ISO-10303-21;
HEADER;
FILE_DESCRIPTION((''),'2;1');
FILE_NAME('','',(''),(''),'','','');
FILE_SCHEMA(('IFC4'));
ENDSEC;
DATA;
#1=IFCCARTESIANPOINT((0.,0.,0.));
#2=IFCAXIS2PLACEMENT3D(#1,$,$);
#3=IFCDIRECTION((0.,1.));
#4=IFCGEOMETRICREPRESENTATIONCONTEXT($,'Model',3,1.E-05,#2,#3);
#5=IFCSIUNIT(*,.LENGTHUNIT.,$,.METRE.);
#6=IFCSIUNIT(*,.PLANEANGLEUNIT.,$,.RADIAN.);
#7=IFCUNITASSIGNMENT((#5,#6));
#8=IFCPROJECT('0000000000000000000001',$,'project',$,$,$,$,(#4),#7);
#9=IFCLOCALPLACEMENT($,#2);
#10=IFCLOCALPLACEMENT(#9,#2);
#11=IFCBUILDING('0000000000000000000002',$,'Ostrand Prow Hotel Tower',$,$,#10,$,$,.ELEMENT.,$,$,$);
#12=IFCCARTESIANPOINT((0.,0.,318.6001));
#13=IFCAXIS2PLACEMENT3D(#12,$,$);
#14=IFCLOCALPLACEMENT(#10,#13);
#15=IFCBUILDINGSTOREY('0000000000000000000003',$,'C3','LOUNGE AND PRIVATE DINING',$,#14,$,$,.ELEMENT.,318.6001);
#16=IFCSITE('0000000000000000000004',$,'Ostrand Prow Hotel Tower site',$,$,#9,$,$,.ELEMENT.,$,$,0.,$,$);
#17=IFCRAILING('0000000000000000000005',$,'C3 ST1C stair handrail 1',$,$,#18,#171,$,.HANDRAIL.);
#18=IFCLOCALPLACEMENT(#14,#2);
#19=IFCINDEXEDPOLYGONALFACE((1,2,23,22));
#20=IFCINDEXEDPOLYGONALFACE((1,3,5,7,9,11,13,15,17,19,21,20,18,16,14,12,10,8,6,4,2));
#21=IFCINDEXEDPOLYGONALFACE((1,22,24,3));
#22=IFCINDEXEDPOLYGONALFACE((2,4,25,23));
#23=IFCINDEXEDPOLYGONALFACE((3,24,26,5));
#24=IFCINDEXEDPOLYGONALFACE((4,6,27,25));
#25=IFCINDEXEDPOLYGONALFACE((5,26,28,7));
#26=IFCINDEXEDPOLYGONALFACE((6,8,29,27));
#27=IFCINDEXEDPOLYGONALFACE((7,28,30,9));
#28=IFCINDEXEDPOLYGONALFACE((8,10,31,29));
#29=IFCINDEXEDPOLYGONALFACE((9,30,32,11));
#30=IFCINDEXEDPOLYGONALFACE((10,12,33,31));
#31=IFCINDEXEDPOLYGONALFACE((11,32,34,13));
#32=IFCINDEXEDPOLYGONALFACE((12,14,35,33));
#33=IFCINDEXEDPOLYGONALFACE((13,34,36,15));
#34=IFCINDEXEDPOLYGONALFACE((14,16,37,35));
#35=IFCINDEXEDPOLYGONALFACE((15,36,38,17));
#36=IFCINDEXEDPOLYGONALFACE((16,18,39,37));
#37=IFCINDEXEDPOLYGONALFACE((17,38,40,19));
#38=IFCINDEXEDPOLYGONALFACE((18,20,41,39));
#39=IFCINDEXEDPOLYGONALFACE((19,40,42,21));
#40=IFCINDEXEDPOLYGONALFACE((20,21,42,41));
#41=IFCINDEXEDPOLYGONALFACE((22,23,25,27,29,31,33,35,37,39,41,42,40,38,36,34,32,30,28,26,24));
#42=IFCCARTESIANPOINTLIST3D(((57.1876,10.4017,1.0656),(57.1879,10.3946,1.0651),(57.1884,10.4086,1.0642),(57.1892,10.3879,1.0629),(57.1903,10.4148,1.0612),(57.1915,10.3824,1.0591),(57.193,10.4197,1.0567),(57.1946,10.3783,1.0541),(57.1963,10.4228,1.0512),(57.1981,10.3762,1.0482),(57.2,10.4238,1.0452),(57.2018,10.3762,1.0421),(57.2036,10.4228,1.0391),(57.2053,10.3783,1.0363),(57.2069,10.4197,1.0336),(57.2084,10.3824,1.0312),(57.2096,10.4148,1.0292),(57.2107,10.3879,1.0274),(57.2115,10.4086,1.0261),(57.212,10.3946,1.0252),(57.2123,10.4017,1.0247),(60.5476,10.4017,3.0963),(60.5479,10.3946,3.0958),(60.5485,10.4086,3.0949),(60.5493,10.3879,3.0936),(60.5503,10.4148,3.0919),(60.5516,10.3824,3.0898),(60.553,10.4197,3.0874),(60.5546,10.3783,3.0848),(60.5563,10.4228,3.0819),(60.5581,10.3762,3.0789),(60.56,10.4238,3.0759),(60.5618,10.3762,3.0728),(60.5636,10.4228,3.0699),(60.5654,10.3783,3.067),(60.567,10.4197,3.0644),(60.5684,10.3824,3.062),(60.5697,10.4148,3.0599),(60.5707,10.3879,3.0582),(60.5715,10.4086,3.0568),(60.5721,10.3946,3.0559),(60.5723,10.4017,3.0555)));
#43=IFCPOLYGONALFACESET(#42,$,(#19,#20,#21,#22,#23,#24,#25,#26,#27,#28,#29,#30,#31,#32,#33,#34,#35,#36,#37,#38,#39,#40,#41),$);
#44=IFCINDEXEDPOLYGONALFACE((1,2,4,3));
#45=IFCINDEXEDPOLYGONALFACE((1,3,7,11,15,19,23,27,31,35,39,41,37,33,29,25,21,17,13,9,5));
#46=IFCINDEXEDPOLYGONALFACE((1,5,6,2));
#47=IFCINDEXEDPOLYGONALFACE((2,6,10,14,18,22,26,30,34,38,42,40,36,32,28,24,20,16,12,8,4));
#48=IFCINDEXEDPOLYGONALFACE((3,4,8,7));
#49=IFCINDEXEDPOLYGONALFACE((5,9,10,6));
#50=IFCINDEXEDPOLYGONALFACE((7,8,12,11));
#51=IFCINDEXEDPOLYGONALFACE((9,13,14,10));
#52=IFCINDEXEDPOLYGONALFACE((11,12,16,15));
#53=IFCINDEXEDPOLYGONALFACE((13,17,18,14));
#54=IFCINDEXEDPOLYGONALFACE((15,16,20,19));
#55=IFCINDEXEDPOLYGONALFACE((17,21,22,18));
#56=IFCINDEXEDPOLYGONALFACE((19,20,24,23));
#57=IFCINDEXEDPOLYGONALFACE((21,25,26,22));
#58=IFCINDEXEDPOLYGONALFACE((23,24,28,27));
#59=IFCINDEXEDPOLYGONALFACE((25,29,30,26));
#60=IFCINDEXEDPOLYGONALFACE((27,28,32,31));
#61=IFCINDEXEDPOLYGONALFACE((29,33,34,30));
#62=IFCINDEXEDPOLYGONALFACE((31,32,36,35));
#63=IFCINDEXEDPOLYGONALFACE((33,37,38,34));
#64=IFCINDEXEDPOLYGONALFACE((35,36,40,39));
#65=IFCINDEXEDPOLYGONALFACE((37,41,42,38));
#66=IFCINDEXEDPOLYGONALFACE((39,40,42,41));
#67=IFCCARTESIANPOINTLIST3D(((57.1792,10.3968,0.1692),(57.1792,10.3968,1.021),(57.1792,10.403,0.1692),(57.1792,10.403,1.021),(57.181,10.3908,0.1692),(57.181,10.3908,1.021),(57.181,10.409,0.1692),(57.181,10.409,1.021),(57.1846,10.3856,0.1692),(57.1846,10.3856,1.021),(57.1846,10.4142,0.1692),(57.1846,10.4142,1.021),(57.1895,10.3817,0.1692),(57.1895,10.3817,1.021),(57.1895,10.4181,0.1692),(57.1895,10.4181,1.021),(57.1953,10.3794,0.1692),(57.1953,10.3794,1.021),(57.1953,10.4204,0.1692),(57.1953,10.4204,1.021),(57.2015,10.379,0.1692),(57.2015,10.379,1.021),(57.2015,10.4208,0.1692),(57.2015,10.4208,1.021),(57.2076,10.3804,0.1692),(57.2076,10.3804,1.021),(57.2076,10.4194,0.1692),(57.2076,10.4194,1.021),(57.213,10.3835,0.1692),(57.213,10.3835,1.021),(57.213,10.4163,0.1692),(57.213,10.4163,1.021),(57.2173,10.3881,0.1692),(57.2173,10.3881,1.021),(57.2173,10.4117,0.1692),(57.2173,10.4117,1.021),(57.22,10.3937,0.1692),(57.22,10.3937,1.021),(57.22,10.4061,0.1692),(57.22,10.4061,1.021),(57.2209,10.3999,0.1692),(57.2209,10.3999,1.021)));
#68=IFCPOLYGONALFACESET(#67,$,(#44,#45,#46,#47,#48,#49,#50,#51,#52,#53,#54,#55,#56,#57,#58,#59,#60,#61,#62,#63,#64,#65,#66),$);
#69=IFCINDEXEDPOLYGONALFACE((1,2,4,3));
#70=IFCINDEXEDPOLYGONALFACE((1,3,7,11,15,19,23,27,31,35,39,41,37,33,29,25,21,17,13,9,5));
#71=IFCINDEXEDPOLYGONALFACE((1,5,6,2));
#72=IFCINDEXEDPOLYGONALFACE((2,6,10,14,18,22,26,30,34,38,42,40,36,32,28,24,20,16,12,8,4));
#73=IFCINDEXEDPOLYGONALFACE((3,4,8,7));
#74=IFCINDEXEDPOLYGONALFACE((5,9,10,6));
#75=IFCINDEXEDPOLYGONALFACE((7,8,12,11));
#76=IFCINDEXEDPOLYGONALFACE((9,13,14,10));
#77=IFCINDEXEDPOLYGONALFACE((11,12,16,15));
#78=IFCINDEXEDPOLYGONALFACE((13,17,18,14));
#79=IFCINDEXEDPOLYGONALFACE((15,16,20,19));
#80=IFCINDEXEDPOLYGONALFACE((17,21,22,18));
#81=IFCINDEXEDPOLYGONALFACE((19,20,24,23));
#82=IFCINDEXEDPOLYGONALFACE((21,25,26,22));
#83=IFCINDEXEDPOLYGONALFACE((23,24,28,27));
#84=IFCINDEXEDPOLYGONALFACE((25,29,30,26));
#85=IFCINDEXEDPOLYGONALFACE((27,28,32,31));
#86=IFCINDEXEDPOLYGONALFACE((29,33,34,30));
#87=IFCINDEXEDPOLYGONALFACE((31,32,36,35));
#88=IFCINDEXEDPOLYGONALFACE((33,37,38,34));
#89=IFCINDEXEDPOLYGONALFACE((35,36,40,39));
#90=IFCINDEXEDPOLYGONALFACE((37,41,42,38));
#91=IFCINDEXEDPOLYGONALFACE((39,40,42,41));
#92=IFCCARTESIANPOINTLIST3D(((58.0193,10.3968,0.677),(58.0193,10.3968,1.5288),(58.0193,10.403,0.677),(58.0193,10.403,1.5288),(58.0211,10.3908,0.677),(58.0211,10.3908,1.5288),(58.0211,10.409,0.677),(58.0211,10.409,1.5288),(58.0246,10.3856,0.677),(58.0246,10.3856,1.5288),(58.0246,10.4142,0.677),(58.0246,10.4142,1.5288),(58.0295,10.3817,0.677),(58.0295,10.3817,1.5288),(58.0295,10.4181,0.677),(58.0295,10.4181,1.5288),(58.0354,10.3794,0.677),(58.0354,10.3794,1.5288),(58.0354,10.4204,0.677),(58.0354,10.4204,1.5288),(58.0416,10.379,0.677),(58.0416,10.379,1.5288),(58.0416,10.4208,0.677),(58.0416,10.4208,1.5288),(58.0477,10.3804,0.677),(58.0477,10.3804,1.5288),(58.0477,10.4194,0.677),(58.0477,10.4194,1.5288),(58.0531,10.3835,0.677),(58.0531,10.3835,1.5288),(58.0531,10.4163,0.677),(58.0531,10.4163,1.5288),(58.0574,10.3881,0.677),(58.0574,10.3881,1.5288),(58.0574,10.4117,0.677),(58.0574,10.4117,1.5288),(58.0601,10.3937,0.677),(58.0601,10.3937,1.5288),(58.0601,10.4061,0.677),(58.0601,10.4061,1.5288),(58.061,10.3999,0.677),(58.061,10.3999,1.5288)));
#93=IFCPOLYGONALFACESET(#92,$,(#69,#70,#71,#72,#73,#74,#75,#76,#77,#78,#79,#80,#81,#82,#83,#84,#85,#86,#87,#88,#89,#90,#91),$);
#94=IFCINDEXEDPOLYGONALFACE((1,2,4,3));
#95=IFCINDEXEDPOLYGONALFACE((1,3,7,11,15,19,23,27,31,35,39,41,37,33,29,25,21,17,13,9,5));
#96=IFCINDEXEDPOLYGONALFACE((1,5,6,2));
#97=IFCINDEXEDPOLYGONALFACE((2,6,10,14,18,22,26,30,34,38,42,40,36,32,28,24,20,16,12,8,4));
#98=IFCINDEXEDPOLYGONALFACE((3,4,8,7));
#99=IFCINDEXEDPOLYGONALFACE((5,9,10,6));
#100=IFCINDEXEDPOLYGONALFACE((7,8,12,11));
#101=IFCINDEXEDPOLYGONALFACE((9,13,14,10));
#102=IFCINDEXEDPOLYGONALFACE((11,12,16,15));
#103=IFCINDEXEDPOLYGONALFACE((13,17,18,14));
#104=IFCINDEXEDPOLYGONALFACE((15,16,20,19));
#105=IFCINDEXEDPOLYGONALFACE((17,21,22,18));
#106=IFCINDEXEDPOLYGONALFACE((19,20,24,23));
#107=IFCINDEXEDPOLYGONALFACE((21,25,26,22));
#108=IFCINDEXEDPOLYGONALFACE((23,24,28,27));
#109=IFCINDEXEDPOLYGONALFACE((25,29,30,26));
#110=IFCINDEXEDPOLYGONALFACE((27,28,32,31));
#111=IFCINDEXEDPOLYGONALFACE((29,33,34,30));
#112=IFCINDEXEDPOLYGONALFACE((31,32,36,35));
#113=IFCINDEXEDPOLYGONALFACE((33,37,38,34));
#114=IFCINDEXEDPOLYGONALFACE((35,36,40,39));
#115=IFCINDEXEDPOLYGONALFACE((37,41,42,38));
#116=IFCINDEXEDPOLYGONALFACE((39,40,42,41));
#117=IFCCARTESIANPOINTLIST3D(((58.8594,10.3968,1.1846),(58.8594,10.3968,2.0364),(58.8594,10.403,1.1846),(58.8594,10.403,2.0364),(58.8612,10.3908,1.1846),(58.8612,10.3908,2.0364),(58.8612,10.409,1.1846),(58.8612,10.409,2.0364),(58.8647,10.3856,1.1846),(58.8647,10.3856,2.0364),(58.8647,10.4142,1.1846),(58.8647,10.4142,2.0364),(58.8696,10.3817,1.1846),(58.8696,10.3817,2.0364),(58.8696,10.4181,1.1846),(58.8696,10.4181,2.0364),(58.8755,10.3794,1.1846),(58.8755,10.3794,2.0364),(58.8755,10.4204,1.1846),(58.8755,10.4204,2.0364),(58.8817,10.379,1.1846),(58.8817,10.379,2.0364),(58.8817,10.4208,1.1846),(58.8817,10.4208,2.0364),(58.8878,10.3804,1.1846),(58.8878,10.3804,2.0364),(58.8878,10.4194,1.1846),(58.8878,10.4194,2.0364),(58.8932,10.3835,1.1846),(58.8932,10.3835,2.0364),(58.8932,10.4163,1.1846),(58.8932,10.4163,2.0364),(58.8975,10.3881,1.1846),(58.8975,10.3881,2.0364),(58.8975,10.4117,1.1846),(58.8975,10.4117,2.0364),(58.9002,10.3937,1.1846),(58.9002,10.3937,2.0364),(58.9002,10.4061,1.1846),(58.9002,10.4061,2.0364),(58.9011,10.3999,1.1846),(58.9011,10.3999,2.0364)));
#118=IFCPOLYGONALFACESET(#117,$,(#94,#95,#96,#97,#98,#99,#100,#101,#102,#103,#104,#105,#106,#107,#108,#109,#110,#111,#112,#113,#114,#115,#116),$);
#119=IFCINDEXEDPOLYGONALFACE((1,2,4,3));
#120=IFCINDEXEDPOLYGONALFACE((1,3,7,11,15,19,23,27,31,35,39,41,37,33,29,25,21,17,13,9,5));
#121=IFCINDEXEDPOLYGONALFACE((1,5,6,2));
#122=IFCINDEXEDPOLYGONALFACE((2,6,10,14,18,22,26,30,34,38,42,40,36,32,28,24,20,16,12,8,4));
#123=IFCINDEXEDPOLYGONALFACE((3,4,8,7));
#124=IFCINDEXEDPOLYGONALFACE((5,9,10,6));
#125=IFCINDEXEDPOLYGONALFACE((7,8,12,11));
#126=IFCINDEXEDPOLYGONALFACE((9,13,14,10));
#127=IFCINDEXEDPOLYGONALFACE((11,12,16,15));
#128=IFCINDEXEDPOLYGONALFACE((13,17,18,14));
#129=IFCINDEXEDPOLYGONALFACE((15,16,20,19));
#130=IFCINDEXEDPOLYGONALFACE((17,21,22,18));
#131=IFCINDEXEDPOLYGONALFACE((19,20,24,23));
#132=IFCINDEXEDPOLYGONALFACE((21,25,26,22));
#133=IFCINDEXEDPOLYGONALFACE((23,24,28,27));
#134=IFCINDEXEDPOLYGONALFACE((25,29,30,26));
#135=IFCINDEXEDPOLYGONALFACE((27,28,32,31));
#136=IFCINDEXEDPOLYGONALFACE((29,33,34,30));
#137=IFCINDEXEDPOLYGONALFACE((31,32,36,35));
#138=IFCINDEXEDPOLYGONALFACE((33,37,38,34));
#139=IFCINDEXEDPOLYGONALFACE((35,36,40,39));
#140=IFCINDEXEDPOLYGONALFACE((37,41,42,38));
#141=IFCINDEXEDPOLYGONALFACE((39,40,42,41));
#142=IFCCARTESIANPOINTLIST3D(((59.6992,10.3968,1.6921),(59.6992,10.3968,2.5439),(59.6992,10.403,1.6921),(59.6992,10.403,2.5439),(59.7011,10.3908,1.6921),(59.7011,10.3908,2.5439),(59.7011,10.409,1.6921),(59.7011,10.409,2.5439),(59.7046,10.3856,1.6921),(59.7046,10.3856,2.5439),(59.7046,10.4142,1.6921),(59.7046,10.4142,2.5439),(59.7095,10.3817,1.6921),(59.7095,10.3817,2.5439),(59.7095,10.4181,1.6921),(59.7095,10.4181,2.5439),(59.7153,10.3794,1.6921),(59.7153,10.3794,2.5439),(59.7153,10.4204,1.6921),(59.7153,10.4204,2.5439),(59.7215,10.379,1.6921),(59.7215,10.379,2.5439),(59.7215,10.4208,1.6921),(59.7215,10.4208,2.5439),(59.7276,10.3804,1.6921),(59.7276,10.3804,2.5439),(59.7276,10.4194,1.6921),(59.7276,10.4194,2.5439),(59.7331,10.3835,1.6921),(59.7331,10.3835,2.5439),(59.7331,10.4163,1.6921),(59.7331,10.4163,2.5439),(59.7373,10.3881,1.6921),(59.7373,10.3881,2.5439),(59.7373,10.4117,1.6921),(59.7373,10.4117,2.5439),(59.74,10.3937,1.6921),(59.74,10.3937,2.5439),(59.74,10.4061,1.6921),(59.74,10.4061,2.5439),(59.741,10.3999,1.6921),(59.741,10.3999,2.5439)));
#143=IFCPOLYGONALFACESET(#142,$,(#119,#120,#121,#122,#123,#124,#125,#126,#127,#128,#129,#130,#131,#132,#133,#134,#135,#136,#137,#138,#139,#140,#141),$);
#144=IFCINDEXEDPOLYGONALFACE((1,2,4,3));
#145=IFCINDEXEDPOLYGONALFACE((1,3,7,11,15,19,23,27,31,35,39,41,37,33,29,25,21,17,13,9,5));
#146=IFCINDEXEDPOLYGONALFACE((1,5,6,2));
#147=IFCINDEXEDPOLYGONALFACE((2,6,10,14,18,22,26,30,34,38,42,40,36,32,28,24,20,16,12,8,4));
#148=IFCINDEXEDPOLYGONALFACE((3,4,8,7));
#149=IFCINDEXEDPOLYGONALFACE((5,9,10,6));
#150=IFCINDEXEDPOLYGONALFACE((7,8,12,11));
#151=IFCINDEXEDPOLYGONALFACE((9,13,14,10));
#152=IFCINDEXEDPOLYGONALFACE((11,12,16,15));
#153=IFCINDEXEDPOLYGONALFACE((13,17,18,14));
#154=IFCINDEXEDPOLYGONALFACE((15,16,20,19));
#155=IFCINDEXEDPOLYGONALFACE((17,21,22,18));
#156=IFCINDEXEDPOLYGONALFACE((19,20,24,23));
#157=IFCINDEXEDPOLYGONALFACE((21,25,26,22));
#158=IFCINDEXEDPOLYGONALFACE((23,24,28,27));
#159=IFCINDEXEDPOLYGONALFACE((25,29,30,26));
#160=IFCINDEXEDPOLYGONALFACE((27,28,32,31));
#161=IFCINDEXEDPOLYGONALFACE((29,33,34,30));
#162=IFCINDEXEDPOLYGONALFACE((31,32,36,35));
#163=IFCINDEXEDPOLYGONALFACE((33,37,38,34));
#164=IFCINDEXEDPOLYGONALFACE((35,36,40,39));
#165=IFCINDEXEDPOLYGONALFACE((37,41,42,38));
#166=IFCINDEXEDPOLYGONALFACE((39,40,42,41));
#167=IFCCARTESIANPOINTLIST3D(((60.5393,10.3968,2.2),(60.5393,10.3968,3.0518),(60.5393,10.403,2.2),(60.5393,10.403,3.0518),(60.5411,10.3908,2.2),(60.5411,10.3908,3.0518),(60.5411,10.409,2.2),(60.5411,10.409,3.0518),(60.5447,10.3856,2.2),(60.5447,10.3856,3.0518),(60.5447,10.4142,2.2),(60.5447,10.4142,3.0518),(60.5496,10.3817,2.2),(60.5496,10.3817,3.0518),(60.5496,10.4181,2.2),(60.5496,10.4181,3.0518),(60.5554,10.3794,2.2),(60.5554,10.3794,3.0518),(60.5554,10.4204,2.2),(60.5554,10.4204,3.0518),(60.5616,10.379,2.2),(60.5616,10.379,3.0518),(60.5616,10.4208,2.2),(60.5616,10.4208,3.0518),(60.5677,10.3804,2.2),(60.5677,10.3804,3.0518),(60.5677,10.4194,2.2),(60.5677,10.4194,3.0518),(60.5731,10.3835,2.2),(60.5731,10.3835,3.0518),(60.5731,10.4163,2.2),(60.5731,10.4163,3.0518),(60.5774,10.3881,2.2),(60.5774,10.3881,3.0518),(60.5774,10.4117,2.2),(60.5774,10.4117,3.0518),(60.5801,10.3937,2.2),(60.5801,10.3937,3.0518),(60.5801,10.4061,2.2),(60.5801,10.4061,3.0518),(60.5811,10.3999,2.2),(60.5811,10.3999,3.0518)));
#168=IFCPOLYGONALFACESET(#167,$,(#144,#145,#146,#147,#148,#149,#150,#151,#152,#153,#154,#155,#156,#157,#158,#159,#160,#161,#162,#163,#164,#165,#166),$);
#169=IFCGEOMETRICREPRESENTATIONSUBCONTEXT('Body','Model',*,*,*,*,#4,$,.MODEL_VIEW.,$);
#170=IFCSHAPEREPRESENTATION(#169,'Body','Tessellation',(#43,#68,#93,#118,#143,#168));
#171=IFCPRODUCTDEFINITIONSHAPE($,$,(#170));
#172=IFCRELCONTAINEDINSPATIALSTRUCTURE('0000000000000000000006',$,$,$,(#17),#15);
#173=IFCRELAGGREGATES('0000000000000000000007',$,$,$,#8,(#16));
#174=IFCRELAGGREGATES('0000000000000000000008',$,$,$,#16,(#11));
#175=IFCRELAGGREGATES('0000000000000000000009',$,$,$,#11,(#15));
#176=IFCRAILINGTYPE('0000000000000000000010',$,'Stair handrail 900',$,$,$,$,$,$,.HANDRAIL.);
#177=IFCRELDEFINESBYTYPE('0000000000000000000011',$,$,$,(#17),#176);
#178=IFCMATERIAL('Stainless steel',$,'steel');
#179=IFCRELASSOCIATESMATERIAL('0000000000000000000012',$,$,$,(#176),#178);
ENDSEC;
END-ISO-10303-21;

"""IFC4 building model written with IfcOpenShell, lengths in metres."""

from ifc_helpers import new_model, si_unit, direction, frame, origin, origin_2d, place, context, subcontext, project, spatial, circle, extrude, material, type_object, element, save


model = new_model("IFC4")

# Units and contexts
model_context = context("Model", 3, precision=1e-05, world=origin(), true_north=direction((0.0, 1.0)))
body_context = subcontext(model_context, "Body", "Model", "MODEL_VIEW")
ifc_project = project(units=[si_unit("LENGTHUNIT", "METRE"), si_unit("PLANEANGLEUNIT", "RADIAN")], contexts=[model_context])

# Site, building, storey
site_placement = place(None, origin())
site = spatial("IfcSite", under=ifc_project, at=site_placement, Name="Ostrand Prow Hotel Tower site", CompositionType="ELEMENT", RefElevation=0.0)
building_placement = place(site_placement, origin())
building = spatial("IfcBuilding", under=site, at=building_placement, Name="Ostrand Prow Hotel Tower", CompositionType="ELEMENT")
storey_placement = place(building_placement, frame((0.0, 0.0, 318.6001)))
storey = spatial("IfcBuildingStorey", under=building, at=storey_placement, Name="C3", Description="LOUNGE AND PRIVATE DINING", CompositionType="ELEMENT", Elevation=318.6001)

# Railing
ifc_material_1 = material(Name="Stainless steel", Category="steel")
railing_type_1 = type_object("IfcRailingType", Name="Stair handrail 900", PredefinedType="HANDRAIL", material=ifc_material_1)
railing_1_placement = place(storey_placement, frame((57.2, 10.3999, 0.1692)))
element("IfcRailing", 1, at=railing_1_placement, inside=storey, type_object=railing_type_1, Name="C3 ST1C stair handrail 1", PredefinedType="HANDRAIL", context=body_context, shape_type="SweptSolid", body=[
    extrude(circle(Radius=0.0239, at=origin_2d()), frame((0.0, 0.0, 0.876), z_axis=(0.855837, 0.0, 0.517246), x_axis=(0.0, 1.0, 0.0)), (0.0, 0.0, 1.0), 3.926),
    extrude(circle(Radius=0.021, at=origin_2d()), origin(), (0.0, 0.0, 1.0), 0.8518),
    extrude(circle(Radius=0.021, at=origin_2d()), frame((0.8401, 0.0, 0.5078)), (0.0, 0.0, 1.0), 0.8518),
    extrude(circle(Radius=0.021, at=origin_2d()), frame((1.6802, 0.0, 1.0154)), (0.0, 0.0, 1.0), 0.8518),
    extrude(circle(Radius=0.021, at=origin_2d()), frame((2.52, 0.0, 1.5229)), (0.0, 0.0, 1.0), 0.8518),
    extrude(circle(Radius=0.021, at=origin_2d()), frame((3.3601, 0.0, 2.0308)), (0.0, 0.0, 1.0), 0.8518),
])

save(model, "model.ifc")
